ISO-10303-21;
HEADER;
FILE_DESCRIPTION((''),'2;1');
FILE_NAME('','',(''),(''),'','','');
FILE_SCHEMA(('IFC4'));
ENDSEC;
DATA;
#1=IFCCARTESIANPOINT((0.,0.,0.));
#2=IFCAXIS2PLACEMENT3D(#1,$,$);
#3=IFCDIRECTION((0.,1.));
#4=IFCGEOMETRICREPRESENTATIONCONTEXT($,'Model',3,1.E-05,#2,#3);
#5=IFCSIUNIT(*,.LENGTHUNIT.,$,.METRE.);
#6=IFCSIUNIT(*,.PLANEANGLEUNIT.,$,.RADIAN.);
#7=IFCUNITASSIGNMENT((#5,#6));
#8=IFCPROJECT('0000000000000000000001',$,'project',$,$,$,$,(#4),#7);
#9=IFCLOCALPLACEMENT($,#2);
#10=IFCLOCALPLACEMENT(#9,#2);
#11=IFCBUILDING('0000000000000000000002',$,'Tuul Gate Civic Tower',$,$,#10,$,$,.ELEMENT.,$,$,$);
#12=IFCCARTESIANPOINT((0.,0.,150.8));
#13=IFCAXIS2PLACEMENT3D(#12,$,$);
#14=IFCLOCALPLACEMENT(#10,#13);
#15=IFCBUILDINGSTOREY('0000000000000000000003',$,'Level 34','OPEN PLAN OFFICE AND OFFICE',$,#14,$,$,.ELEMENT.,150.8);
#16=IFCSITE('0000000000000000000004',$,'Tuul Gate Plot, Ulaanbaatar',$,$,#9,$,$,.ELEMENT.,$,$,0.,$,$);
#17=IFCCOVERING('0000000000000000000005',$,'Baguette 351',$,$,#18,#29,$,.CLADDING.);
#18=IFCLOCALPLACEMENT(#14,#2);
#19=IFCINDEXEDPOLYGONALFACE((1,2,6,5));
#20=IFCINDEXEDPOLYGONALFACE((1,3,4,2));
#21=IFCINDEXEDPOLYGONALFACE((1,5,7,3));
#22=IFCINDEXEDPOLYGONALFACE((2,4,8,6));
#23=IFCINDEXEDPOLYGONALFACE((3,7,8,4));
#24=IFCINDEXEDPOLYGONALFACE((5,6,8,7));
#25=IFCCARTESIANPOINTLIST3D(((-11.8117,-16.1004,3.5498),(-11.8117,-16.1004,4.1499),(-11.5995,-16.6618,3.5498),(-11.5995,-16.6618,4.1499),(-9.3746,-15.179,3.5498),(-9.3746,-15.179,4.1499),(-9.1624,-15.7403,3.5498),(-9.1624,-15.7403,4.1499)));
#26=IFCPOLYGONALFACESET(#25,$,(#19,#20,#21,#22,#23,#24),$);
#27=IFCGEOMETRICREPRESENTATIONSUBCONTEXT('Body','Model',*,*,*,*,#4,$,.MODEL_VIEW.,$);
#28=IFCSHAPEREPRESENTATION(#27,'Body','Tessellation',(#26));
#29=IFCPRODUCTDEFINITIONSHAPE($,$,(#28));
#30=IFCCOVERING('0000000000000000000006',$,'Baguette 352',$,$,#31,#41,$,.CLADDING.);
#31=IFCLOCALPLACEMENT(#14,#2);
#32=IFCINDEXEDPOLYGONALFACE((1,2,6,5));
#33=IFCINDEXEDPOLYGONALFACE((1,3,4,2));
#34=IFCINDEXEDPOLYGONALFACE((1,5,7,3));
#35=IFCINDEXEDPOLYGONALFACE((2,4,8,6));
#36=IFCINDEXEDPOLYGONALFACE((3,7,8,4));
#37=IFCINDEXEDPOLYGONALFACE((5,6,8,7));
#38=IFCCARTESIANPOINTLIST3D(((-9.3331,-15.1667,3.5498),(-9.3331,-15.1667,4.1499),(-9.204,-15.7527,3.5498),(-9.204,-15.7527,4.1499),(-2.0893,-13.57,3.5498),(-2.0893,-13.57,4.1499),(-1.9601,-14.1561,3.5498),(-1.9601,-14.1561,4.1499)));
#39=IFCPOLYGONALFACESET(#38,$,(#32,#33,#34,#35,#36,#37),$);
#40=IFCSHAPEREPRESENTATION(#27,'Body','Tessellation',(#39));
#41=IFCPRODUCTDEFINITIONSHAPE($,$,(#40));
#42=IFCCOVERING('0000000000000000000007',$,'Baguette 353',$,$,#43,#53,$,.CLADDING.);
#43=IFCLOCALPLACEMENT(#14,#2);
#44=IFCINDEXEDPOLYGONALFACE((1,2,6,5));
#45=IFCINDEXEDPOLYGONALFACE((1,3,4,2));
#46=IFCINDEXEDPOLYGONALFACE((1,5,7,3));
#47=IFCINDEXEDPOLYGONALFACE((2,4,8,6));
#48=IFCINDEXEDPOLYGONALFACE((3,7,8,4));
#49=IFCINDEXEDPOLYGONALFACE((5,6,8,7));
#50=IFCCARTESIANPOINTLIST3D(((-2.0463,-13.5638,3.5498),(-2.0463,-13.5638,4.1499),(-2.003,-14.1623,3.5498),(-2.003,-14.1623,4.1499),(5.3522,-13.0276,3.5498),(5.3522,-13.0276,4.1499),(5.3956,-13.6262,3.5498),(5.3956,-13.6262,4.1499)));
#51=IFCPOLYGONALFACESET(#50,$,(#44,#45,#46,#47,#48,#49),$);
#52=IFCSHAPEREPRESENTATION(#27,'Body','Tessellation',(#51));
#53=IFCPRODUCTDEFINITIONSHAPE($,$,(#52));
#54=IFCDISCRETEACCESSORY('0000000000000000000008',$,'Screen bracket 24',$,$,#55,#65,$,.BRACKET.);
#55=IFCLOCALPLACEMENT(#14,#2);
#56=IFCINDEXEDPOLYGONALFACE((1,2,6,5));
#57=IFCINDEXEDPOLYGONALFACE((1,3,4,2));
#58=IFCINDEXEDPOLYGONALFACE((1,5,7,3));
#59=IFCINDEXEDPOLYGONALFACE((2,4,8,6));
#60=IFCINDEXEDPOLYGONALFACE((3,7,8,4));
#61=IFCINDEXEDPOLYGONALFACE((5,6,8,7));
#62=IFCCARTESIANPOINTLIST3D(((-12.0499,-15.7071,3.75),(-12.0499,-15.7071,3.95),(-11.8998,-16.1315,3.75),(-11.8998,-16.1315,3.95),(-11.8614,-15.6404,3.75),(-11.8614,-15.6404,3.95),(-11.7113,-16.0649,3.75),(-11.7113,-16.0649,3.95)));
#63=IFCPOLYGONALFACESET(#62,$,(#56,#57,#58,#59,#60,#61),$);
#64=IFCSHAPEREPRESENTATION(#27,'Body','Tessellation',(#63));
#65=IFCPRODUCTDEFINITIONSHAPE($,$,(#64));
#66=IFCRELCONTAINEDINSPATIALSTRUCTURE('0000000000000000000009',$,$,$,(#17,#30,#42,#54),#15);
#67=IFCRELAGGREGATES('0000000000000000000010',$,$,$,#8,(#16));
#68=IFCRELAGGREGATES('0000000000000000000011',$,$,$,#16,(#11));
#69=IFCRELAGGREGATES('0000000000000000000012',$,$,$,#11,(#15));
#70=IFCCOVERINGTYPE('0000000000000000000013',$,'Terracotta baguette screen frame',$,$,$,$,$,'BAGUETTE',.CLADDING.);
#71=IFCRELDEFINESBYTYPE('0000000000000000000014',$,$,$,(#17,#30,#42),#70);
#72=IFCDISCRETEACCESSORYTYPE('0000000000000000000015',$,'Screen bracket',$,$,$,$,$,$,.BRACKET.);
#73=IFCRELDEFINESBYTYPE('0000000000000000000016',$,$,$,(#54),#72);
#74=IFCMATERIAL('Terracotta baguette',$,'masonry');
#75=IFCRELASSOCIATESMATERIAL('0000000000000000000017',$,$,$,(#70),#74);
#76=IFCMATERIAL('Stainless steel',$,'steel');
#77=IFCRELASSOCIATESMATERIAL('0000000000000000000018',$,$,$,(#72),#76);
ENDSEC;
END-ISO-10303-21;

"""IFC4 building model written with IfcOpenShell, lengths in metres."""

from ifc_helpers import new_model, si_unit, direction, frame, origin, origin_2d, place, context, subcontext, project, spatial, rectangle, extrude, material, material_profile, profile_set, type_object, element, save


model = new_model("IFC4")

# Units and contexts
model_context = context("Model", 3, precision=1e-05, world=origin(), true_north=direction((0.0, 1.0)))
body_context = subcontext(model_context, "Body", "Model", "MODEL_VIEW")
ifc_project = project(units=[si_unit("LENGTHUNIT", "METRE"), si_unit("PLANEANGLEUNIT", "RADIAN")], contexts=[model_context])

# Site, building, storey
site_placement = place(None, origin())
site = spatial("IfcSite", under=ifc_project, at=site_placement, Name="Tuul Gate Plot, Ulaanbaatar", CompositionType="ELEMENT", RefElevation=0.0)
building_placement = place(site_placement, origin())
building = spatial("IfcBuilding", under=site, at=building_placement, Name="Tuul Gate Civic Tower", CompositionType="ELEMENT")
storey_placement = place(building_placement, frame((0.0, 0.0, 150.8)))
storey = spatial("IfcBuildingStorey", under=building, at=storey_placement, Name="Level 34", Description="OPEN PLAN OFFICE AND OFFICE", CompositionType="ELEMENT", Elevation=150.8)

# Coverings
ifc_material_1 = material(Name="Terracotta baguette", Category="masonry")
ifc_material_profile_1 = material_profile(ifc_material_1, rectangle(XDim=0.6001, YDim=0.6001, at=origin_2d()), Name="Terracotta baguette screen frame")
ifc_profile_set_1 = profile_set([ifc_material_profile_1], Name="Terracotta baguette")
covering_type = type_object("IfcCoveringType", Name="Terracotta baguette screen frame", ElementType="BAGUETTE", PredefinedType="CLADDING", material=ifc_profile_set_1)
covering_1_placement = place(storey_placement, frame((-11.7056, -16.3811, 3.8499), z_axis=(0.935378, 0.353648, 0.0), x_axis=(-0.353648, 0.935378, 0.0)))
element("IfcCovering", 1, at=covering_1_placement, inside=storey, type_object=covering_type, Name="Baguette 351", PredefinedType="CLADDING", context=body_context, shape_type="SweptSolid", body=[
    extrude(rectangle(XDim=0.6001, YDim=0.6001, at=origin_2d()), origin(), (0.0, 0.0, 1.0), 2.6055),
])
covering_2_placement = place(storey_placement, frame((-9.2686, -15.4597, 3.8499), z_axis=(0.976559, 0.21525, 0.0), x_axis=(-0.21525, 0.976559, 0.0)))
element("IfcCovering", 2, at=covering_2_placement, inside=storey, type_object=covering_type, Name="Baguette 352", PredefinedType="CLADDING", context=body_context, shape_type="SweptSolid", body=[
    extrude(rectangle(XDim=0.6001, YDim=0.6001, at=origin_2d()), origin(), (0.0, 0.0, 1.0), 7.4177),
])
covering_3_placement = place(storey_placement, frame((-2.0247, -13.863, 3.8499), z_axis=(0.997385, 0.072274, 0.0), x_axis=(-0.072274, 0.997385, 0.0)))
element("IfcCovering", 3, at=covering_3_placement, inside=storey, type_object=covering_type, Name="Baguette 353", PredefinedType="CLADDING", context=body_context, shape_type="SweptSolid", body=[
    extrude(rectangle(XDim=0.6001, YDim=0.6001, at=origin_2d()), origin(), (0.0, 0.0, 1.0), 7.418),
])

# Discrete accessory
ifc_material_2 = material(Name="Stainless steel", Category="steel")
discrete_accessory_type = type_object("IfcDiscreteAccessoryType", Name="Screen bracket", PredefinedType="BRACKET", material=ifc_material_2)
discrete_accessory_placement = place(storey_placement, frame((-11.8806, -15.886, 3.75), z_axis=(0.0, 0.0, 1.0), x_axis=(0.333466, -0.942762, 0.0)))
element("IfcDiscreteAccessory", 4, at=discrete_accessory_placement, inside=storey, type_object=discrete_accessory_type, Name="Screen bracket 24", PredefinedType="BRACKET", context=body_context, shape_type="SweptSolid", body=[
    extrude(rectangle(XDim=0.4502, YDim=0.2, at=origin_2d()), origin(), (0.0, 0.0, 1.0), 0.2),
])

save(model, "model.ifc")
